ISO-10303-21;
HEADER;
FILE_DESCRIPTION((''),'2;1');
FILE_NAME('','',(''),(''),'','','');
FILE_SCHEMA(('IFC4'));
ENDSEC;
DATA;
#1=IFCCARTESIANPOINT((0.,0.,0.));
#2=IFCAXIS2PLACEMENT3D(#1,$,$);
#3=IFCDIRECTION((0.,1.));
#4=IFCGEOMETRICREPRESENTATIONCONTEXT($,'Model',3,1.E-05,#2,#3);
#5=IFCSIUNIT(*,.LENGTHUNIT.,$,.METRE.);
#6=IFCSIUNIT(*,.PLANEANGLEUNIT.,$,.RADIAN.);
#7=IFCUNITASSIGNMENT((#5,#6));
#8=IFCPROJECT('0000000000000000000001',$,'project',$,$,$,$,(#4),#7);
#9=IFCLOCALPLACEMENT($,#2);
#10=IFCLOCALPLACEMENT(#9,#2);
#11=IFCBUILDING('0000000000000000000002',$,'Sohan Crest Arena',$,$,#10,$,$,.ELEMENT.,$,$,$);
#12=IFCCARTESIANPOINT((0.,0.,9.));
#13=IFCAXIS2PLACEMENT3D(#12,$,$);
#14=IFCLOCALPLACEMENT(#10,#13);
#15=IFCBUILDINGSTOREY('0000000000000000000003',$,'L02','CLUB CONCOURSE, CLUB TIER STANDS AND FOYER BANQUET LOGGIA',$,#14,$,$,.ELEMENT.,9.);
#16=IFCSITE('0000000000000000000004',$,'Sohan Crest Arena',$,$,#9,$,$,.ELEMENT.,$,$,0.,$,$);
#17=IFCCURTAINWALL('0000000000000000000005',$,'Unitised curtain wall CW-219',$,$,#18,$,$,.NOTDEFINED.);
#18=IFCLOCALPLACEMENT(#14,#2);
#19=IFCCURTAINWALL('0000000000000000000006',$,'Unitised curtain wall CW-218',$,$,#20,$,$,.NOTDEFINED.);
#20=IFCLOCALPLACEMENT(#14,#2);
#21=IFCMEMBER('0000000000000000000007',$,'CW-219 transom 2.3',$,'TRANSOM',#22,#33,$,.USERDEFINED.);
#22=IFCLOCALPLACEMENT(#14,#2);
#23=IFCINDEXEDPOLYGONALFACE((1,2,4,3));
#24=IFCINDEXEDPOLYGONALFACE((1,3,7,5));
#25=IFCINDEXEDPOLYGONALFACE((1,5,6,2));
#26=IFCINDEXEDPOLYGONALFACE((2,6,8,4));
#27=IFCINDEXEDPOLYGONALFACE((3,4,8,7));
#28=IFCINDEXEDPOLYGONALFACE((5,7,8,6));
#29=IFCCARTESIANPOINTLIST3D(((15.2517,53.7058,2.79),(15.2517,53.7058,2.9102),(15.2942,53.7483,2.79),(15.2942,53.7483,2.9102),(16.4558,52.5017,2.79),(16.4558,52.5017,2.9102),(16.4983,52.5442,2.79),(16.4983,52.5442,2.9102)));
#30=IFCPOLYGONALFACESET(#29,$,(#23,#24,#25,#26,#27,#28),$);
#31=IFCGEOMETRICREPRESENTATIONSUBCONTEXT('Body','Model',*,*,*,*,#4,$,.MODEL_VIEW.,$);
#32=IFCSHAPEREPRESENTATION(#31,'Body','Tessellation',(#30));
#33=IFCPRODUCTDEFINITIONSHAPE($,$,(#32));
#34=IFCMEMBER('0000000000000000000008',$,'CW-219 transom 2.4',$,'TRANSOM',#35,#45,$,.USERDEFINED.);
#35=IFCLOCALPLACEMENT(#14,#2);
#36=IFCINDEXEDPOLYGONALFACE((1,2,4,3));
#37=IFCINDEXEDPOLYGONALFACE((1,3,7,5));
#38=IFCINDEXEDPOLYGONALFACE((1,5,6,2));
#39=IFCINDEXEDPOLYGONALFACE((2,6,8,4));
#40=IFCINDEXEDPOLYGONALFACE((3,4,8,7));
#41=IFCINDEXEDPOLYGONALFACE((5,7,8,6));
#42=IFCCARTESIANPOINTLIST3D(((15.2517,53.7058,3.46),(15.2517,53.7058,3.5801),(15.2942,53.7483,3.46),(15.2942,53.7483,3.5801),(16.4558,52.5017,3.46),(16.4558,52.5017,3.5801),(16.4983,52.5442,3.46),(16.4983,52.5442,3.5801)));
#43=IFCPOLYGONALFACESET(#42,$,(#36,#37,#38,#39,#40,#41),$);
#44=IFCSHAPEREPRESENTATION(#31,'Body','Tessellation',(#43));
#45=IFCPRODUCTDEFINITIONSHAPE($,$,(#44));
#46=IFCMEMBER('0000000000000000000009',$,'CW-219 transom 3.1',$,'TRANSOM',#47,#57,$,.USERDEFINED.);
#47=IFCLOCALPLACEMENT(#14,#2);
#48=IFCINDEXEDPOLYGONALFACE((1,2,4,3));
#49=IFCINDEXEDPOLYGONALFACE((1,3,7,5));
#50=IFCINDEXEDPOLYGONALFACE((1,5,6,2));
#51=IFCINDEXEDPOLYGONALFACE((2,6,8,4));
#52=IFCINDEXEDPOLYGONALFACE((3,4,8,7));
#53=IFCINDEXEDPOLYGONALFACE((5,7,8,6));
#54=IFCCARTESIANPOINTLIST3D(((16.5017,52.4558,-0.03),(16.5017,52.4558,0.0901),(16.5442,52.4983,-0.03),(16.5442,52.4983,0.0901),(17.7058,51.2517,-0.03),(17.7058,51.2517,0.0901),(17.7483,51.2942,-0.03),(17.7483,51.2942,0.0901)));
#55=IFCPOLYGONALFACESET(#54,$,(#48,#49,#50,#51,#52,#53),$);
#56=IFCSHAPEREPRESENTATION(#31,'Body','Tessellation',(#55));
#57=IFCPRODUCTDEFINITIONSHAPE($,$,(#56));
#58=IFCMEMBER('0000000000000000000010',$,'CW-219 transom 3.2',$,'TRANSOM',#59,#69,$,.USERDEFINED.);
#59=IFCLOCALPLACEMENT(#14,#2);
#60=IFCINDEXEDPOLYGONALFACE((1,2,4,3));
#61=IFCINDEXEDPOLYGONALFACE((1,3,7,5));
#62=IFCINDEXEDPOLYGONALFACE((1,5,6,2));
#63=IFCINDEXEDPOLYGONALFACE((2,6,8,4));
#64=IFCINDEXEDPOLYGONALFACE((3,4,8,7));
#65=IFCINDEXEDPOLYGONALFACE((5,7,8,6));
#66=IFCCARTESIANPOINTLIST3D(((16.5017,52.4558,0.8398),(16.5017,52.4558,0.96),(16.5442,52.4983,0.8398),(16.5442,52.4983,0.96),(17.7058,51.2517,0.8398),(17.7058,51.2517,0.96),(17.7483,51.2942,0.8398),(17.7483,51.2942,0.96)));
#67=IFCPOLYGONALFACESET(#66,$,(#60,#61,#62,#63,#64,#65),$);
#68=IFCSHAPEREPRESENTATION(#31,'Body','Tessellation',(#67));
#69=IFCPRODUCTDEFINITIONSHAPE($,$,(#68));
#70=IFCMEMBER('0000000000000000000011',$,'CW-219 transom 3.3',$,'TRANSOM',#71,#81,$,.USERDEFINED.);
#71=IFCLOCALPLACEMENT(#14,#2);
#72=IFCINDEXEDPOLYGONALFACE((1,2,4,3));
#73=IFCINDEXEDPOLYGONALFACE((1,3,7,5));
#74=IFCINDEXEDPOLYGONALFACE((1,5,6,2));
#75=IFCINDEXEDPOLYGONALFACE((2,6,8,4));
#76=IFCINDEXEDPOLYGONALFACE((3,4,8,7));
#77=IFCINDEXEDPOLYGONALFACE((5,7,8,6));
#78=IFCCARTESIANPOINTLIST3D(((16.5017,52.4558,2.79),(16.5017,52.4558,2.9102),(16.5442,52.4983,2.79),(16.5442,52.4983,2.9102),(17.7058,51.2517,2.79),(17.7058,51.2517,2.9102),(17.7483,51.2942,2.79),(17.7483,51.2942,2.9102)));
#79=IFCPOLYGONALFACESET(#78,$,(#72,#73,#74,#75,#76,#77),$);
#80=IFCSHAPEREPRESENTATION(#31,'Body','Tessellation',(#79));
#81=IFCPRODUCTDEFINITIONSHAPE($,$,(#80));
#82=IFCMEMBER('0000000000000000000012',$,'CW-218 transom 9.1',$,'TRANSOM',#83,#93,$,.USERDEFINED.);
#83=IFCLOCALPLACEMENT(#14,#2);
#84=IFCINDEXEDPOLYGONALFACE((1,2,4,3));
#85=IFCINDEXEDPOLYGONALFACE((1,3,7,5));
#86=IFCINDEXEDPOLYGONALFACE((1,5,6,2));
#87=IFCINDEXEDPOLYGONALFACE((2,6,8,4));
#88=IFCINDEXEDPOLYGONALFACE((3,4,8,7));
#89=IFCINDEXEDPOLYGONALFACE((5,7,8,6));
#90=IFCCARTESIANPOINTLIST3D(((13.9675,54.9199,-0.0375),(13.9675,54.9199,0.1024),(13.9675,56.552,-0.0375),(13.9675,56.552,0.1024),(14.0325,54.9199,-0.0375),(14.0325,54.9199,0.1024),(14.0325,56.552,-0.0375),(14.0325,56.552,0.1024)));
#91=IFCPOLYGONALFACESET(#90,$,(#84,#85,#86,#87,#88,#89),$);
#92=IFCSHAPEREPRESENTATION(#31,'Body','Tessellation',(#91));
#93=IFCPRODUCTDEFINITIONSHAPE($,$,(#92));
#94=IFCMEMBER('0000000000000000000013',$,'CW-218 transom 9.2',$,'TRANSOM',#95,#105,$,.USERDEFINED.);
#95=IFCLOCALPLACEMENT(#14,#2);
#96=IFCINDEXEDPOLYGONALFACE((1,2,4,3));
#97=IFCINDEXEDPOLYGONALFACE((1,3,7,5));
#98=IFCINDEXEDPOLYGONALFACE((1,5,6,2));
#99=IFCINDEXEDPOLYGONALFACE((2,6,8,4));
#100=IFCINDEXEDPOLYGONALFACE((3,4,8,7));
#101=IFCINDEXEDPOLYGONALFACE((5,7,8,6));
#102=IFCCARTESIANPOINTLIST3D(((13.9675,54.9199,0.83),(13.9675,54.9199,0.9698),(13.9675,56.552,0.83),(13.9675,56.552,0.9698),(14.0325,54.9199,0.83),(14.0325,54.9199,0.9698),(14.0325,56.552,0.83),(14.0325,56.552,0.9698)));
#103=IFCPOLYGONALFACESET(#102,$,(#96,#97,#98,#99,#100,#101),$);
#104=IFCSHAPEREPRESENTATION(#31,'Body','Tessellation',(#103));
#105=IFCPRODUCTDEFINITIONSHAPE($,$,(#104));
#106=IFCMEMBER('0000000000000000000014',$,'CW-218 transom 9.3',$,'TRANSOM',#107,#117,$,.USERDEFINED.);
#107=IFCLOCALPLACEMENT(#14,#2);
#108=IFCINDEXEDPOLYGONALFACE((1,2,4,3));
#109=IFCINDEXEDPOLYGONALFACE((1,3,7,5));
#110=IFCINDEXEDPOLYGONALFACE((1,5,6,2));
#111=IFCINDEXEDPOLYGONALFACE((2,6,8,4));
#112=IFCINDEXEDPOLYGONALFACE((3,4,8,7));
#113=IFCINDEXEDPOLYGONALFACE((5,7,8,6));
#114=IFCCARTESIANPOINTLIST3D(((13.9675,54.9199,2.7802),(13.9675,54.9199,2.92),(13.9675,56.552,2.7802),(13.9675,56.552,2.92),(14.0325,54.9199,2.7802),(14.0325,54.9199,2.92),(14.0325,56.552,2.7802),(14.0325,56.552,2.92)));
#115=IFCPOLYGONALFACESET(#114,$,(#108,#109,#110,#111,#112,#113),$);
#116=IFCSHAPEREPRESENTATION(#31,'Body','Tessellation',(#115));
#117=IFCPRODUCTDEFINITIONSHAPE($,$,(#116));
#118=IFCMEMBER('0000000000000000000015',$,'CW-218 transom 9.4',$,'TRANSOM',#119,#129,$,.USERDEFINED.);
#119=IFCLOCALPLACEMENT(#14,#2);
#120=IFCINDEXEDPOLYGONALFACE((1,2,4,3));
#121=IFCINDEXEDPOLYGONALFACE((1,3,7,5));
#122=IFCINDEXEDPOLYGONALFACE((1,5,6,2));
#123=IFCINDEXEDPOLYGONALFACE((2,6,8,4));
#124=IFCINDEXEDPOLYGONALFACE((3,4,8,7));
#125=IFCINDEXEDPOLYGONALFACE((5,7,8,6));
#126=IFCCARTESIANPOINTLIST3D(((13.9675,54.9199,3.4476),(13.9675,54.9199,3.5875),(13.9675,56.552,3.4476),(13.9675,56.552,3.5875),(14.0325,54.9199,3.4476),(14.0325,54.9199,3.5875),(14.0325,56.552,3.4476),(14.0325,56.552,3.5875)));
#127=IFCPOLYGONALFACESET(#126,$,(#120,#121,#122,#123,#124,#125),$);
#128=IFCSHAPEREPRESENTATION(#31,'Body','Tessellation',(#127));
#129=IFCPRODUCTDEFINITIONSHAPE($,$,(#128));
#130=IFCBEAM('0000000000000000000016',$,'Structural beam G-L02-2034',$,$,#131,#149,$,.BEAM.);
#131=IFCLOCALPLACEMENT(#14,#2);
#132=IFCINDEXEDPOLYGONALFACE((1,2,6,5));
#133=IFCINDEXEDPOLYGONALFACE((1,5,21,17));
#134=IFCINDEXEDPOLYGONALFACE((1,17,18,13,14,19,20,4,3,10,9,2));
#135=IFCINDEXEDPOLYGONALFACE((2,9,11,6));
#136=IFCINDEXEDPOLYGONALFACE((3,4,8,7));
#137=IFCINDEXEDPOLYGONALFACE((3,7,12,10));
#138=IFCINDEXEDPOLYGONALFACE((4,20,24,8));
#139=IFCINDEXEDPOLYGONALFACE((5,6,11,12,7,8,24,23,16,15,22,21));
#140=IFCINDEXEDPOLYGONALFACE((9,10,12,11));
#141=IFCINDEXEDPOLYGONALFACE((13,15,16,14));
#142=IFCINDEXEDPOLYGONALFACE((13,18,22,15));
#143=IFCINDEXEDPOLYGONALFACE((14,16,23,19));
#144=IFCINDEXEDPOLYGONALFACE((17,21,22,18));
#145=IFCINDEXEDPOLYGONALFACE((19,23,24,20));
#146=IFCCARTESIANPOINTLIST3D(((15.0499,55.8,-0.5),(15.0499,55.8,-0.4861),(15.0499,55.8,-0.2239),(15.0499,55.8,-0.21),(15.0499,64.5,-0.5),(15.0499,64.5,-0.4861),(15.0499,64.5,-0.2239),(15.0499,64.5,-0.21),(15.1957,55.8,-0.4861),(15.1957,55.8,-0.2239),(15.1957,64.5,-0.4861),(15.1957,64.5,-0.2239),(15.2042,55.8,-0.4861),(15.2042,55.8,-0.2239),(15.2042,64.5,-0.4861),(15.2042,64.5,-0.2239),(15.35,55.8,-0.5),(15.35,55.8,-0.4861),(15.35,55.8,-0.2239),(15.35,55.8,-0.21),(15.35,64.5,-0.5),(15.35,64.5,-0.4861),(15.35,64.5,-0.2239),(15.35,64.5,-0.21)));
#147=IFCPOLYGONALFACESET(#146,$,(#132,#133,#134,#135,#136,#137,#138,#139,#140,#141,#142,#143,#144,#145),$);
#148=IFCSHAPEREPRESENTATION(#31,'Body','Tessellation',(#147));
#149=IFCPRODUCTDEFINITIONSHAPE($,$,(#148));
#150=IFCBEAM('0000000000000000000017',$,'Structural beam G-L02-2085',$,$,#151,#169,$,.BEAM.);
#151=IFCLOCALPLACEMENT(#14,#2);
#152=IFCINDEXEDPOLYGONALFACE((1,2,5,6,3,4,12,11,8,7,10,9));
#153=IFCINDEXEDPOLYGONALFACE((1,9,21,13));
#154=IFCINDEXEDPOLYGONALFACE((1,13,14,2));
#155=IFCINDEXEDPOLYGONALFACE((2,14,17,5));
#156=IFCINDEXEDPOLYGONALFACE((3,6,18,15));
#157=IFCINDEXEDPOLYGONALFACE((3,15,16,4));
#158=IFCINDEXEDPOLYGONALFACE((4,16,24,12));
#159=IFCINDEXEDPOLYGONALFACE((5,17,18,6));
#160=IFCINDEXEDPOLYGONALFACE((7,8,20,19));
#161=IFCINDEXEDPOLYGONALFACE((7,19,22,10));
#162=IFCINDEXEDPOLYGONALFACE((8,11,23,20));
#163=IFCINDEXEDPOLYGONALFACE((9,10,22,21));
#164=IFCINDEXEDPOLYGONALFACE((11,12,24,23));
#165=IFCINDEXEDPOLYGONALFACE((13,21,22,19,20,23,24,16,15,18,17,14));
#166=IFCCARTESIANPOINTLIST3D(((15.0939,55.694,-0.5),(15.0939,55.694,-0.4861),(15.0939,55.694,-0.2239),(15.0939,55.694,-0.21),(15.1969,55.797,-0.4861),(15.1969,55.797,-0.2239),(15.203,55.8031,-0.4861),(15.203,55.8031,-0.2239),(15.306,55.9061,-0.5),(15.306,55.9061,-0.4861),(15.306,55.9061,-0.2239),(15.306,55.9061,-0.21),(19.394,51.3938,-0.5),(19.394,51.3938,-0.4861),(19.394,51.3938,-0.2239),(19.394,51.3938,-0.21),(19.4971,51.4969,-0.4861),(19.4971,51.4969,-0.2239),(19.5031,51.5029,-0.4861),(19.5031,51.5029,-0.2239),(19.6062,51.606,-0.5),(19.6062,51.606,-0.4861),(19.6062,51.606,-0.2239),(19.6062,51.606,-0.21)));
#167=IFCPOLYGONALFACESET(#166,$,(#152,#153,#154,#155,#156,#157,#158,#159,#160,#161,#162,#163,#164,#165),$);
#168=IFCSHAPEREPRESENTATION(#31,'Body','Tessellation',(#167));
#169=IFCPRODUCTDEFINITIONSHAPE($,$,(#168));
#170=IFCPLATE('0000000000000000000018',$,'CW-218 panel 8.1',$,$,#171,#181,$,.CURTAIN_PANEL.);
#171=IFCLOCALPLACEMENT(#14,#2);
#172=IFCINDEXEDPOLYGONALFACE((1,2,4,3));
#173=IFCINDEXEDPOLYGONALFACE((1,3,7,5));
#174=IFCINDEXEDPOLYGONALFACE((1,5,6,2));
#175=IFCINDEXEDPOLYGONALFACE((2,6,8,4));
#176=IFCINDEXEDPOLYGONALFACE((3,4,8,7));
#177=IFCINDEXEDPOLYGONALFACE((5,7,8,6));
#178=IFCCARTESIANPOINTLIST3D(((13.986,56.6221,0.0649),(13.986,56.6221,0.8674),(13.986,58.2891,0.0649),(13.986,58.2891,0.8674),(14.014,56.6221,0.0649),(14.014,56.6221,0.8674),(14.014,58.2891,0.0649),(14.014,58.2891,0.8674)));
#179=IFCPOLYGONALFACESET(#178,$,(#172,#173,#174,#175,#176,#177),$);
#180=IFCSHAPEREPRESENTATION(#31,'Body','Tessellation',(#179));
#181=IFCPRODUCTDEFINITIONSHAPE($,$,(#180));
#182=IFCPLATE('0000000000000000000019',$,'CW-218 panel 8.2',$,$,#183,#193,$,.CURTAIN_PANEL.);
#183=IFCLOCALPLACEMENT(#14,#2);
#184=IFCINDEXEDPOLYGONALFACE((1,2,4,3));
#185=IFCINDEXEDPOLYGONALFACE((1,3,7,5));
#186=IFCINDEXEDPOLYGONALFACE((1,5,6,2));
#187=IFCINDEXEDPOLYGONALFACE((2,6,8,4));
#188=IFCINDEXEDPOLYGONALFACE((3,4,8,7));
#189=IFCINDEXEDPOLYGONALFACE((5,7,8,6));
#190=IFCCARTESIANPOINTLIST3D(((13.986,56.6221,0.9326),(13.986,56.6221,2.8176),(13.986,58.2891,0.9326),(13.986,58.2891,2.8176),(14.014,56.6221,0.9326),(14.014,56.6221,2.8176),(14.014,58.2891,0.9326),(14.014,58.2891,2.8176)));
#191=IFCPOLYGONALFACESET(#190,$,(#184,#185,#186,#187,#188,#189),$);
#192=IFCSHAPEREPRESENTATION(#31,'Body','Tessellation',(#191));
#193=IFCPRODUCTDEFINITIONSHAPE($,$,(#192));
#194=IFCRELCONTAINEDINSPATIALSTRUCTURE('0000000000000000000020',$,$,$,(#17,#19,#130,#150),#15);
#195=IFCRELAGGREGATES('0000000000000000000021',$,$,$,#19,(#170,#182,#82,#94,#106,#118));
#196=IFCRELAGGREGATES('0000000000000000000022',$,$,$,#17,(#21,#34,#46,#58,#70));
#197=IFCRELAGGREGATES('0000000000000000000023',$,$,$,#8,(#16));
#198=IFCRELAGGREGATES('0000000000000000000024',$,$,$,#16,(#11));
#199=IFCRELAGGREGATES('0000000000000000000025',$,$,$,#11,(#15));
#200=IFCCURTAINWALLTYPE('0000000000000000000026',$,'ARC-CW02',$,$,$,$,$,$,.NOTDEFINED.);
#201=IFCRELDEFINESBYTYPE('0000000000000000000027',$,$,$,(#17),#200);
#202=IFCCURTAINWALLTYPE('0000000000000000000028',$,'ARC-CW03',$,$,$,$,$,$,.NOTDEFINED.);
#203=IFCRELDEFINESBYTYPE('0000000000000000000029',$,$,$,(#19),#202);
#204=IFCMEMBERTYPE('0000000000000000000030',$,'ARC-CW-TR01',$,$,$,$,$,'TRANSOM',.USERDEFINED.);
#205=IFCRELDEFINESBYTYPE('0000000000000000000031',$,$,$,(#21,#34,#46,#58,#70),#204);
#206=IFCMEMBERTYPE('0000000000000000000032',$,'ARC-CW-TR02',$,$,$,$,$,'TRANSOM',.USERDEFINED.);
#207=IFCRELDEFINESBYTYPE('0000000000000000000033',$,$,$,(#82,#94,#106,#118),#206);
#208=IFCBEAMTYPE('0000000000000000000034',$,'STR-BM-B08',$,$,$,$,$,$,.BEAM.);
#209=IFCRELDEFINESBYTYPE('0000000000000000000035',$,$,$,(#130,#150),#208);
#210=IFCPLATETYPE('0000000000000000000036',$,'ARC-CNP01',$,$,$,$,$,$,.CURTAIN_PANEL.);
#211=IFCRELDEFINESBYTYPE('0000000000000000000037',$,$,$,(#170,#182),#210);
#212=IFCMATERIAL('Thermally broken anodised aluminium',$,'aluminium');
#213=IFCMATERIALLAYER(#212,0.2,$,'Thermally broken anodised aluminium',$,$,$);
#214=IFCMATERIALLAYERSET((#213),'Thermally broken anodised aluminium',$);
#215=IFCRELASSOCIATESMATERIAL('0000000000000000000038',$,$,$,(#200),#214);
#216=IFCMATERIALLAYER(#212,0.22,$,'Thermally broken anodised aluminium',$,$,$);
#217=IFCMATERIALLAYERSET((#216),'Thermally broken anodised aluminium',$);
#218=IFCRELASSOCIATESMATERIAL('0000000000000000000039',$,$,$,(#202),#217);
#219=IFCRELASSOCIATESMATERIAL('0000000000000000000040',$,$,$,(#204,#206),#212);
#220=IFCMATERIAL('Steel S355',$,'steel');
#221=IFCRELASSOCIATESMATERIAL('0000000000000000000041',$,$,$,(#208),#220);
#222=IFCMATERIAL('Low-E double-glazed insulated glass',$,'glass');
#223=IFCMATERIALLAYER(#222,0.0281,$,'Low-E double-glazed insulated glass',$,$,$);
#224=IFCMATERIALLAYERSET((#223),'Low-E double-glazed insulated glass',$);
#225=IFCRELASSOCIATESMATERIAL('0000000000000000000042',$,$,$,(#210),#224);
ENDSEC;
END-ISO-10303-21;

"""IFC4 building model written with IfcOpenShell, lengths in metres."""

from ifc_helpers import new_model, si_unit, direction, frame, origin, origin_2d, place, context, subcontext, project, spatial, rectangle, i_section, extrude, material, layer, layer_set, material_profile, profile_set, type_object, element, aggregate, save


model = new_model("IFC4")

# Units and contexts
model_context = context("Model", 3, precision=1e-05, world=origin(), true_north=direction((0.0, 1.0)))
body_context = subcontext(model_context, "Body", "Model", "MODEL_VIEW")
ifc_project = project(units=[si_unit("LENGTHUNIT", "METRE"), si_unit("PLANEANGLEUNIT", "RADIAN")], contexts=[model_context])

# Site, building, storey
site_placement = place(None, origin())
site = spatial("IfcSite", under=ifc_project, at=site_placement, Name="Sohan Crest Arena", CompositionType="ELEMENT", RefElevation=0.0)
building_placement = place(site_placement, origin())
building = spatial("IfcBuilding", under=site, at=building_placement, Name="Sohan Crest Arena", CompositionType="ELEMENT")
storey_placement = place(building_placement, frame((0.0, 0.0, 9.0)))
storey = spatial("IfcBuildingStorey", under=building, at=storey_placement, Name="L02", Description="CLUB CONCOURSE, CLUB TIER STANDS AND FOYER BANQUET LOGGIA", CompositionType="ELEMENT", Elevation=9.0)

# Curtain walls
ifc_material_1 = material(Name="Thermally broken anodised aluminium", Category="aluminium")
ifc_layer_1 = layer(ifc_material_1, 0.2, Name="Thermally broken anodised aluminium")
ifc_layer_set_1 = layer_set([ifc_layer_1], Name="Thermally broken anodised aluminium")
curtain_wall_type_1 = type_object("IfcCurtainWallType", Name="ARC-CW02", PredefinedType="NOTDEFINED", material=ifc_layer_set_1)
curtain_wall_1_placement = place(storey_placement, origin())
curtain_wall_1 = element("IfcCurtainWall", 1, at=curtain_wall_1_placement, inside=storey, type_object=curtain_wall_type_1, Name="Unitised curtain wall CW-219", PredefinedType="NOTDEFINED")
ifc_layer_2 = layer(ifc_material_1, 0.22, Name="Thermally broken anodised aluminium")
ifc_layer_set_2 = layer_set([ifc_layer_2], Name="Thermally broken anodised aluminium")
curtain_wall_type_2 = type_object("IfcCurtainWallType", Name="ARC-CW03", PredefinedType="NOTDEFINED", material=ifc_layer_set_2)
curtain_wall_2_placement = place(storey_placement, origin())
curtain_wall_2 = element("IfcCurtainWall", 2, at=curtain_wall_2_placement, inside=storey, type_object=curtain_wall_type_2, Name="Unitised curtain wall CW-218", PredefinedType="NOTDEFINED")

# Members
ifc_material_profile_1 = material_profile(ifc_material_1, rectangle(XDim=0.0601, YDim=0.1201, at=origin_2d()), Name="ALU-TRAN 60x120")
ifc_profile_set_1 = profile_set([ifc_material_profile_1], Name="Thermally broken anodised aluminium")
member_type_1 = type_object("IfcMemberType", Name="ARC-CW-TR01", ElementType="TRANSOM", PredefinedType="USERDEFINED", material=ifc_profile_set_1)
member_1_placement = place(storey_placement, frame((15.2729, 53.7271, 2.8501), z_axis=(0.707107, -0.707107, 0.0), x_axis=(0.707107, 0.707107, 0.0)))
member_1 = element("IfcMember", 3, at=member_1_placement, type_object=member_type_1, Name="CW-219 transom 2.3", ObjectType="TRANSOM", PredefinedType="USERDEFINED", context=body_context, shape_type="SweptSolid", body=[
    extrude(rectangle(XDim=0.0601, YDim=0.1201, at=origin_2d()), origin(), (0.0, 0.0, 1.0), 1.7029),
])
member_2_placement = place(storey_placement, frame((15.2729, 53.7271, 3.52), z_axis=(0.707107, -0.707107, 0.0), x_axis=(0.707107, 0.707107, 0.0)))
member_2 = element("IfcMember", 4, at=member_2_placement, type_object=member_type_1, Name="CW-219 transom 2.4", ObjectType="TRANSOM", PredefinedType="USERDEFINED", context=body_context, shape_type="SweptSolid", body=[
    extrude(rectangle(XDim=0.0601, YDim=0.1201, at=origin_2d()), origin(), (0.0, 0.0, 1.0), 1.7029),
])
member_3_placement = place(storey_placement, frame((16.5229, 52.4771, 0.03), z_axis=(0.707107, -0.707107, 0.0), x_axis=(0.707107, 0.707107, 0.0)))
member_3 = element("IfcMember", 5, at=member_3_placement, type_object=member_type_1, Name="CW-219 transom 3.1", ObjectType="TRANSOM", PredefinedType="USERDEFINED", context=body_context, shape_type="SweptSolid", body=[
    extrude(rectangle(XDim=0.0601, YDim=0.1201, at=origin_2d()), origin(), (0.0, 0.0, 1.0), 1.7029),
])
member_4_placement = place(storey_placement, frame((16.5229, 52.4771, 0.8999), z_axis=(0.707107, -0.707107, 0.0), x_axis=(0.707107, 0.707107, 0.0)))
member_4 = element("IfcMember", 6, at=member_4_placement, type_object=member_type_1, Name="CW-219 transom 3.2", ObjectType="TRANSOM", PredefinedType="USERDEFINED", context=body_context, shape_type="SweptSolid", body=[
    extrude(rectangle(XDim=0.0601, YDim=0.1201, at=origin_2d()), origin(), (0.0, 0.0, 1.0), 1.7029),
])
member_5_placement = place(storey_placement, frame((16.5229, 52.4771, 2.8501), z_axis=(0.707107, -0.707107, 0.0), x_axis=(0.707107, 0.707107, 0.0)))
member_5 = element("IfcMember", 7, at=member_5_placement, type_object=member_type_1, Name="CW-219 transom 3.3", ObjectType="TRANSOM", PredefinedType="USERDEFINED", context=body_context, shape_type="SweptSolid", body=[
    extrude(rectangle(XDim=0.0601, YDim=0.1201, at=origin_2d()), origin(), (0.0, 0.0, 1.0), 1.7029),
])
ifc_material_profile_2 = material_profile(ifc_material_1, rectangle(XDim=0.0649, YDim=0.1399, at=origin_2d()), Name="ALU-TRAN 65x140")
ifc_profile_set_2 = profile_set([ifc_material_profile_2], Name="Thermally broken anodised aluminium")
member_type_2 = type_object("IfcMemberType", Name="ARC-CW-TR02", ElementType="TRANSOM", PredefinedType="USERDEFINED", material=ifc_profile_set_2)
member_6_placement = place(storey_placement, frame((14.0, 56.552, 0.0325), z_axis=(0.0, -1.0, 0.0), x_axis=(1.0, 0.0, 0.0)))
member_6 = element("IfcMember", 8, at=member_6_placement, type_object=member_type_2, Name="CW-218 transom 9.1", ObjectType="TRANSOM", PredefinedType="USERDEFINED", context=body_context, shape_type="SweptSolid", body=[
    extrude(rectangle(XDim=0.0649, YDim=0.1399, at=origin_2d()), origin(), (0.0, 0.0, 1.0), 1.6321),
])
member_7_placement = place(storey_placement, frame((14.0, 56.552, 0.8999), z_axis=(0.0, -1.0, 0.0), x_axis=(1.0, 0.0, 0.0)))
member_7 = element("IfcMember", 9, at=member_7_placement, type_object=member_type_2, Name="CW-218 transom 9.2", ObjectType="TRANSOM", PredefinedType="USERDEFINED", context=body_context, shape_type="SweptSolid", body=[
    extrude(rectangle(XDim=0.0649, YDim=0.1399, at=origin_2d()), origin(), (0.0, 0.0, 1.0), 1.6321),
])
member_8_placement = place(storey_placement, frame((14.0, 56.552, 2.8501), z_axis=(0.0, -1.0, 0.0), x_axis=(1.0, 0.0, 0.0)))
member_8 = element("IfcMember", 10, at=member_8_placement, type_object=member_type_2, Name="CW-218 transom 9.3", ObjectType="TRANSOM", PredefinedType="USERDEFINED", context=body_context, shape_type="SweptSolid", body=[
    extrude(rectangle(XDim=0.0649, YDim=0.1399, at=origin_2d()), origin(), (0.0, 0.0, 1.0), 1.6321),
])
member_9_placement = place(storey_placement, frame((14.0, 56.552, 3.5176), z_axis=(0.0, -1.0, 0.0), x_axis=(1.0, 0.0, 0.0)))
member_9 = element("IfcMember", 11, at=member_9_placement, type_object=member_type_2, Name="CW-218 transom 9.4", ObjectType="TRANSOM", PredefinedType="USERDEFINED", context=body_context, shape_type="SweptSolid", body=[
    extrude(rectangle(XDim=0.0649, YDim=0.1399, at=origin_2d()), origin(), (0.0, 0.0, 1.0), 1.6321),
])

# Beams
ifc_material_2 = material(Name="Steel S355", Category="steel")
ifc_material_profile_3 = material_profile(ifc_material_2, i_section(OverallWidth=0.3, OverallDepth=0.29, WebThickness=0.0085, FlangeThickness=0.0139, at=origin_2d()), Name="HEA 300")
ifc_profile_set_3 = profile_set([ifc_material_profile_3], Name="Steel S355")
beam_type = type_object("IfcBeamType", Name="STR-BM-B08", PredefinedType="BEAM", material=ifc_profile_set_3)
beam_1_placement = place(storey_placement, frame((15.2, 55.8, -0.355), z_axis=(0.0, 1.0, 0.0), x_axis=(-1.0, 0.0, 0.0)))
element("IfcBeam", 12, at=beam_1_placement, inside=storey, type_object=beam_type, Name="Structural beam G-L02-2034", PredefinedType="BEAM", context=body_context, shape_type="SweptSolid", body=[
    extrude(i_section(OverallWidth=0.3, OverallDepth=0.29, WebThickness=0.0085, FlangeThickness=0.0139, at=origin_2d()), origin(), (0.0, 0.0, 1.0), 8.7),
])
beam_2_placement = place(storey_placement, frame((15.2, 55.8, -0.355), z_axis=(0.707107, -0.707107, 0.0), x_axis=(0.707107, 0.707107, 0.0)))
element("IfcBeam", 13, at=beam_2_placement, inside=storey, type_object=beam_type, Name="Structural beam G-L02-2085", PredefinedType="BEAM", context=body_context, shape_type="SweptSolid", body=[
    extrude(i_section(OverallWidth=0.3, OverallDepth=0.29, WebThickness=0.0085, FlangeThickness=0.0139, at=origin_2d()), origin(), (0.0, 0.0, 1.0), 6.0813),
])

# Plates
ifc_material_3 = material(Name="Low-E double-glazed insulated glass", Category="glass")
ifc_layer_3 = layer(ifc_material_3, 0.0281, Name="Low-E double-glazed insulated glass")
ifc_layer_set_3 = layer_set([ifc_layer_3], Name="Low-E double-glazed insulated glass")
plate_type = type_object("IfcPlateType", Name="ARC-CNP01", PredefinedType="CURTAIN_PANEL", material=ifc_layer_set_3)
plate_1_placement = place(storey_placement, frame((14.0, 57.4556, 0.0649), z_axis=(0.0, 0.0, 1.0), x_axis=(0.0, -1.0, 0.0)))
plate_1 = element("IfcPlate", 14, at=plate_1_placement, type_object=plate_type, Name="CW-218 panel 8.1", PredefinedType="CURTAIN_PANEL", context=body_context, shape_type="SweptSolid", body=[
    extrude(rectangle(XDim=1.667, YDim=0.0281, at=origin_2d()), origin(), (0.0, 0.0, 1.0), 0.8025),
])
plate_2_placement = place(storey_placement, frame((14.0, 57.4556, 0.9326), z_axis=(0.0, 0.0, 1.0), x_axis=(0.0, -1.0, 0.0)))
plate_2 = element("IfcPlate", 15, at=plate_2_placement, type_object=plate_type, Name="CW-218 panel 8.2", PredefinedType="CURTAIN_PANEL", context=body_context, shape_type="SweptSolid", body=[
    extrude(rectangle(XDim=1.667, YDim=0.0281, at=origin_2d()), origin(), (0.0, 0.0, 1.0), 1.885),
])
aggregate(curtain_wall_2, [plate_1, plate_2, member_6, member_7, member_8, member_9])
aggregate(curtain_wall_1, [member_1, member_2, member_3, member_4, member_5])

save(model, "model.ifc")
